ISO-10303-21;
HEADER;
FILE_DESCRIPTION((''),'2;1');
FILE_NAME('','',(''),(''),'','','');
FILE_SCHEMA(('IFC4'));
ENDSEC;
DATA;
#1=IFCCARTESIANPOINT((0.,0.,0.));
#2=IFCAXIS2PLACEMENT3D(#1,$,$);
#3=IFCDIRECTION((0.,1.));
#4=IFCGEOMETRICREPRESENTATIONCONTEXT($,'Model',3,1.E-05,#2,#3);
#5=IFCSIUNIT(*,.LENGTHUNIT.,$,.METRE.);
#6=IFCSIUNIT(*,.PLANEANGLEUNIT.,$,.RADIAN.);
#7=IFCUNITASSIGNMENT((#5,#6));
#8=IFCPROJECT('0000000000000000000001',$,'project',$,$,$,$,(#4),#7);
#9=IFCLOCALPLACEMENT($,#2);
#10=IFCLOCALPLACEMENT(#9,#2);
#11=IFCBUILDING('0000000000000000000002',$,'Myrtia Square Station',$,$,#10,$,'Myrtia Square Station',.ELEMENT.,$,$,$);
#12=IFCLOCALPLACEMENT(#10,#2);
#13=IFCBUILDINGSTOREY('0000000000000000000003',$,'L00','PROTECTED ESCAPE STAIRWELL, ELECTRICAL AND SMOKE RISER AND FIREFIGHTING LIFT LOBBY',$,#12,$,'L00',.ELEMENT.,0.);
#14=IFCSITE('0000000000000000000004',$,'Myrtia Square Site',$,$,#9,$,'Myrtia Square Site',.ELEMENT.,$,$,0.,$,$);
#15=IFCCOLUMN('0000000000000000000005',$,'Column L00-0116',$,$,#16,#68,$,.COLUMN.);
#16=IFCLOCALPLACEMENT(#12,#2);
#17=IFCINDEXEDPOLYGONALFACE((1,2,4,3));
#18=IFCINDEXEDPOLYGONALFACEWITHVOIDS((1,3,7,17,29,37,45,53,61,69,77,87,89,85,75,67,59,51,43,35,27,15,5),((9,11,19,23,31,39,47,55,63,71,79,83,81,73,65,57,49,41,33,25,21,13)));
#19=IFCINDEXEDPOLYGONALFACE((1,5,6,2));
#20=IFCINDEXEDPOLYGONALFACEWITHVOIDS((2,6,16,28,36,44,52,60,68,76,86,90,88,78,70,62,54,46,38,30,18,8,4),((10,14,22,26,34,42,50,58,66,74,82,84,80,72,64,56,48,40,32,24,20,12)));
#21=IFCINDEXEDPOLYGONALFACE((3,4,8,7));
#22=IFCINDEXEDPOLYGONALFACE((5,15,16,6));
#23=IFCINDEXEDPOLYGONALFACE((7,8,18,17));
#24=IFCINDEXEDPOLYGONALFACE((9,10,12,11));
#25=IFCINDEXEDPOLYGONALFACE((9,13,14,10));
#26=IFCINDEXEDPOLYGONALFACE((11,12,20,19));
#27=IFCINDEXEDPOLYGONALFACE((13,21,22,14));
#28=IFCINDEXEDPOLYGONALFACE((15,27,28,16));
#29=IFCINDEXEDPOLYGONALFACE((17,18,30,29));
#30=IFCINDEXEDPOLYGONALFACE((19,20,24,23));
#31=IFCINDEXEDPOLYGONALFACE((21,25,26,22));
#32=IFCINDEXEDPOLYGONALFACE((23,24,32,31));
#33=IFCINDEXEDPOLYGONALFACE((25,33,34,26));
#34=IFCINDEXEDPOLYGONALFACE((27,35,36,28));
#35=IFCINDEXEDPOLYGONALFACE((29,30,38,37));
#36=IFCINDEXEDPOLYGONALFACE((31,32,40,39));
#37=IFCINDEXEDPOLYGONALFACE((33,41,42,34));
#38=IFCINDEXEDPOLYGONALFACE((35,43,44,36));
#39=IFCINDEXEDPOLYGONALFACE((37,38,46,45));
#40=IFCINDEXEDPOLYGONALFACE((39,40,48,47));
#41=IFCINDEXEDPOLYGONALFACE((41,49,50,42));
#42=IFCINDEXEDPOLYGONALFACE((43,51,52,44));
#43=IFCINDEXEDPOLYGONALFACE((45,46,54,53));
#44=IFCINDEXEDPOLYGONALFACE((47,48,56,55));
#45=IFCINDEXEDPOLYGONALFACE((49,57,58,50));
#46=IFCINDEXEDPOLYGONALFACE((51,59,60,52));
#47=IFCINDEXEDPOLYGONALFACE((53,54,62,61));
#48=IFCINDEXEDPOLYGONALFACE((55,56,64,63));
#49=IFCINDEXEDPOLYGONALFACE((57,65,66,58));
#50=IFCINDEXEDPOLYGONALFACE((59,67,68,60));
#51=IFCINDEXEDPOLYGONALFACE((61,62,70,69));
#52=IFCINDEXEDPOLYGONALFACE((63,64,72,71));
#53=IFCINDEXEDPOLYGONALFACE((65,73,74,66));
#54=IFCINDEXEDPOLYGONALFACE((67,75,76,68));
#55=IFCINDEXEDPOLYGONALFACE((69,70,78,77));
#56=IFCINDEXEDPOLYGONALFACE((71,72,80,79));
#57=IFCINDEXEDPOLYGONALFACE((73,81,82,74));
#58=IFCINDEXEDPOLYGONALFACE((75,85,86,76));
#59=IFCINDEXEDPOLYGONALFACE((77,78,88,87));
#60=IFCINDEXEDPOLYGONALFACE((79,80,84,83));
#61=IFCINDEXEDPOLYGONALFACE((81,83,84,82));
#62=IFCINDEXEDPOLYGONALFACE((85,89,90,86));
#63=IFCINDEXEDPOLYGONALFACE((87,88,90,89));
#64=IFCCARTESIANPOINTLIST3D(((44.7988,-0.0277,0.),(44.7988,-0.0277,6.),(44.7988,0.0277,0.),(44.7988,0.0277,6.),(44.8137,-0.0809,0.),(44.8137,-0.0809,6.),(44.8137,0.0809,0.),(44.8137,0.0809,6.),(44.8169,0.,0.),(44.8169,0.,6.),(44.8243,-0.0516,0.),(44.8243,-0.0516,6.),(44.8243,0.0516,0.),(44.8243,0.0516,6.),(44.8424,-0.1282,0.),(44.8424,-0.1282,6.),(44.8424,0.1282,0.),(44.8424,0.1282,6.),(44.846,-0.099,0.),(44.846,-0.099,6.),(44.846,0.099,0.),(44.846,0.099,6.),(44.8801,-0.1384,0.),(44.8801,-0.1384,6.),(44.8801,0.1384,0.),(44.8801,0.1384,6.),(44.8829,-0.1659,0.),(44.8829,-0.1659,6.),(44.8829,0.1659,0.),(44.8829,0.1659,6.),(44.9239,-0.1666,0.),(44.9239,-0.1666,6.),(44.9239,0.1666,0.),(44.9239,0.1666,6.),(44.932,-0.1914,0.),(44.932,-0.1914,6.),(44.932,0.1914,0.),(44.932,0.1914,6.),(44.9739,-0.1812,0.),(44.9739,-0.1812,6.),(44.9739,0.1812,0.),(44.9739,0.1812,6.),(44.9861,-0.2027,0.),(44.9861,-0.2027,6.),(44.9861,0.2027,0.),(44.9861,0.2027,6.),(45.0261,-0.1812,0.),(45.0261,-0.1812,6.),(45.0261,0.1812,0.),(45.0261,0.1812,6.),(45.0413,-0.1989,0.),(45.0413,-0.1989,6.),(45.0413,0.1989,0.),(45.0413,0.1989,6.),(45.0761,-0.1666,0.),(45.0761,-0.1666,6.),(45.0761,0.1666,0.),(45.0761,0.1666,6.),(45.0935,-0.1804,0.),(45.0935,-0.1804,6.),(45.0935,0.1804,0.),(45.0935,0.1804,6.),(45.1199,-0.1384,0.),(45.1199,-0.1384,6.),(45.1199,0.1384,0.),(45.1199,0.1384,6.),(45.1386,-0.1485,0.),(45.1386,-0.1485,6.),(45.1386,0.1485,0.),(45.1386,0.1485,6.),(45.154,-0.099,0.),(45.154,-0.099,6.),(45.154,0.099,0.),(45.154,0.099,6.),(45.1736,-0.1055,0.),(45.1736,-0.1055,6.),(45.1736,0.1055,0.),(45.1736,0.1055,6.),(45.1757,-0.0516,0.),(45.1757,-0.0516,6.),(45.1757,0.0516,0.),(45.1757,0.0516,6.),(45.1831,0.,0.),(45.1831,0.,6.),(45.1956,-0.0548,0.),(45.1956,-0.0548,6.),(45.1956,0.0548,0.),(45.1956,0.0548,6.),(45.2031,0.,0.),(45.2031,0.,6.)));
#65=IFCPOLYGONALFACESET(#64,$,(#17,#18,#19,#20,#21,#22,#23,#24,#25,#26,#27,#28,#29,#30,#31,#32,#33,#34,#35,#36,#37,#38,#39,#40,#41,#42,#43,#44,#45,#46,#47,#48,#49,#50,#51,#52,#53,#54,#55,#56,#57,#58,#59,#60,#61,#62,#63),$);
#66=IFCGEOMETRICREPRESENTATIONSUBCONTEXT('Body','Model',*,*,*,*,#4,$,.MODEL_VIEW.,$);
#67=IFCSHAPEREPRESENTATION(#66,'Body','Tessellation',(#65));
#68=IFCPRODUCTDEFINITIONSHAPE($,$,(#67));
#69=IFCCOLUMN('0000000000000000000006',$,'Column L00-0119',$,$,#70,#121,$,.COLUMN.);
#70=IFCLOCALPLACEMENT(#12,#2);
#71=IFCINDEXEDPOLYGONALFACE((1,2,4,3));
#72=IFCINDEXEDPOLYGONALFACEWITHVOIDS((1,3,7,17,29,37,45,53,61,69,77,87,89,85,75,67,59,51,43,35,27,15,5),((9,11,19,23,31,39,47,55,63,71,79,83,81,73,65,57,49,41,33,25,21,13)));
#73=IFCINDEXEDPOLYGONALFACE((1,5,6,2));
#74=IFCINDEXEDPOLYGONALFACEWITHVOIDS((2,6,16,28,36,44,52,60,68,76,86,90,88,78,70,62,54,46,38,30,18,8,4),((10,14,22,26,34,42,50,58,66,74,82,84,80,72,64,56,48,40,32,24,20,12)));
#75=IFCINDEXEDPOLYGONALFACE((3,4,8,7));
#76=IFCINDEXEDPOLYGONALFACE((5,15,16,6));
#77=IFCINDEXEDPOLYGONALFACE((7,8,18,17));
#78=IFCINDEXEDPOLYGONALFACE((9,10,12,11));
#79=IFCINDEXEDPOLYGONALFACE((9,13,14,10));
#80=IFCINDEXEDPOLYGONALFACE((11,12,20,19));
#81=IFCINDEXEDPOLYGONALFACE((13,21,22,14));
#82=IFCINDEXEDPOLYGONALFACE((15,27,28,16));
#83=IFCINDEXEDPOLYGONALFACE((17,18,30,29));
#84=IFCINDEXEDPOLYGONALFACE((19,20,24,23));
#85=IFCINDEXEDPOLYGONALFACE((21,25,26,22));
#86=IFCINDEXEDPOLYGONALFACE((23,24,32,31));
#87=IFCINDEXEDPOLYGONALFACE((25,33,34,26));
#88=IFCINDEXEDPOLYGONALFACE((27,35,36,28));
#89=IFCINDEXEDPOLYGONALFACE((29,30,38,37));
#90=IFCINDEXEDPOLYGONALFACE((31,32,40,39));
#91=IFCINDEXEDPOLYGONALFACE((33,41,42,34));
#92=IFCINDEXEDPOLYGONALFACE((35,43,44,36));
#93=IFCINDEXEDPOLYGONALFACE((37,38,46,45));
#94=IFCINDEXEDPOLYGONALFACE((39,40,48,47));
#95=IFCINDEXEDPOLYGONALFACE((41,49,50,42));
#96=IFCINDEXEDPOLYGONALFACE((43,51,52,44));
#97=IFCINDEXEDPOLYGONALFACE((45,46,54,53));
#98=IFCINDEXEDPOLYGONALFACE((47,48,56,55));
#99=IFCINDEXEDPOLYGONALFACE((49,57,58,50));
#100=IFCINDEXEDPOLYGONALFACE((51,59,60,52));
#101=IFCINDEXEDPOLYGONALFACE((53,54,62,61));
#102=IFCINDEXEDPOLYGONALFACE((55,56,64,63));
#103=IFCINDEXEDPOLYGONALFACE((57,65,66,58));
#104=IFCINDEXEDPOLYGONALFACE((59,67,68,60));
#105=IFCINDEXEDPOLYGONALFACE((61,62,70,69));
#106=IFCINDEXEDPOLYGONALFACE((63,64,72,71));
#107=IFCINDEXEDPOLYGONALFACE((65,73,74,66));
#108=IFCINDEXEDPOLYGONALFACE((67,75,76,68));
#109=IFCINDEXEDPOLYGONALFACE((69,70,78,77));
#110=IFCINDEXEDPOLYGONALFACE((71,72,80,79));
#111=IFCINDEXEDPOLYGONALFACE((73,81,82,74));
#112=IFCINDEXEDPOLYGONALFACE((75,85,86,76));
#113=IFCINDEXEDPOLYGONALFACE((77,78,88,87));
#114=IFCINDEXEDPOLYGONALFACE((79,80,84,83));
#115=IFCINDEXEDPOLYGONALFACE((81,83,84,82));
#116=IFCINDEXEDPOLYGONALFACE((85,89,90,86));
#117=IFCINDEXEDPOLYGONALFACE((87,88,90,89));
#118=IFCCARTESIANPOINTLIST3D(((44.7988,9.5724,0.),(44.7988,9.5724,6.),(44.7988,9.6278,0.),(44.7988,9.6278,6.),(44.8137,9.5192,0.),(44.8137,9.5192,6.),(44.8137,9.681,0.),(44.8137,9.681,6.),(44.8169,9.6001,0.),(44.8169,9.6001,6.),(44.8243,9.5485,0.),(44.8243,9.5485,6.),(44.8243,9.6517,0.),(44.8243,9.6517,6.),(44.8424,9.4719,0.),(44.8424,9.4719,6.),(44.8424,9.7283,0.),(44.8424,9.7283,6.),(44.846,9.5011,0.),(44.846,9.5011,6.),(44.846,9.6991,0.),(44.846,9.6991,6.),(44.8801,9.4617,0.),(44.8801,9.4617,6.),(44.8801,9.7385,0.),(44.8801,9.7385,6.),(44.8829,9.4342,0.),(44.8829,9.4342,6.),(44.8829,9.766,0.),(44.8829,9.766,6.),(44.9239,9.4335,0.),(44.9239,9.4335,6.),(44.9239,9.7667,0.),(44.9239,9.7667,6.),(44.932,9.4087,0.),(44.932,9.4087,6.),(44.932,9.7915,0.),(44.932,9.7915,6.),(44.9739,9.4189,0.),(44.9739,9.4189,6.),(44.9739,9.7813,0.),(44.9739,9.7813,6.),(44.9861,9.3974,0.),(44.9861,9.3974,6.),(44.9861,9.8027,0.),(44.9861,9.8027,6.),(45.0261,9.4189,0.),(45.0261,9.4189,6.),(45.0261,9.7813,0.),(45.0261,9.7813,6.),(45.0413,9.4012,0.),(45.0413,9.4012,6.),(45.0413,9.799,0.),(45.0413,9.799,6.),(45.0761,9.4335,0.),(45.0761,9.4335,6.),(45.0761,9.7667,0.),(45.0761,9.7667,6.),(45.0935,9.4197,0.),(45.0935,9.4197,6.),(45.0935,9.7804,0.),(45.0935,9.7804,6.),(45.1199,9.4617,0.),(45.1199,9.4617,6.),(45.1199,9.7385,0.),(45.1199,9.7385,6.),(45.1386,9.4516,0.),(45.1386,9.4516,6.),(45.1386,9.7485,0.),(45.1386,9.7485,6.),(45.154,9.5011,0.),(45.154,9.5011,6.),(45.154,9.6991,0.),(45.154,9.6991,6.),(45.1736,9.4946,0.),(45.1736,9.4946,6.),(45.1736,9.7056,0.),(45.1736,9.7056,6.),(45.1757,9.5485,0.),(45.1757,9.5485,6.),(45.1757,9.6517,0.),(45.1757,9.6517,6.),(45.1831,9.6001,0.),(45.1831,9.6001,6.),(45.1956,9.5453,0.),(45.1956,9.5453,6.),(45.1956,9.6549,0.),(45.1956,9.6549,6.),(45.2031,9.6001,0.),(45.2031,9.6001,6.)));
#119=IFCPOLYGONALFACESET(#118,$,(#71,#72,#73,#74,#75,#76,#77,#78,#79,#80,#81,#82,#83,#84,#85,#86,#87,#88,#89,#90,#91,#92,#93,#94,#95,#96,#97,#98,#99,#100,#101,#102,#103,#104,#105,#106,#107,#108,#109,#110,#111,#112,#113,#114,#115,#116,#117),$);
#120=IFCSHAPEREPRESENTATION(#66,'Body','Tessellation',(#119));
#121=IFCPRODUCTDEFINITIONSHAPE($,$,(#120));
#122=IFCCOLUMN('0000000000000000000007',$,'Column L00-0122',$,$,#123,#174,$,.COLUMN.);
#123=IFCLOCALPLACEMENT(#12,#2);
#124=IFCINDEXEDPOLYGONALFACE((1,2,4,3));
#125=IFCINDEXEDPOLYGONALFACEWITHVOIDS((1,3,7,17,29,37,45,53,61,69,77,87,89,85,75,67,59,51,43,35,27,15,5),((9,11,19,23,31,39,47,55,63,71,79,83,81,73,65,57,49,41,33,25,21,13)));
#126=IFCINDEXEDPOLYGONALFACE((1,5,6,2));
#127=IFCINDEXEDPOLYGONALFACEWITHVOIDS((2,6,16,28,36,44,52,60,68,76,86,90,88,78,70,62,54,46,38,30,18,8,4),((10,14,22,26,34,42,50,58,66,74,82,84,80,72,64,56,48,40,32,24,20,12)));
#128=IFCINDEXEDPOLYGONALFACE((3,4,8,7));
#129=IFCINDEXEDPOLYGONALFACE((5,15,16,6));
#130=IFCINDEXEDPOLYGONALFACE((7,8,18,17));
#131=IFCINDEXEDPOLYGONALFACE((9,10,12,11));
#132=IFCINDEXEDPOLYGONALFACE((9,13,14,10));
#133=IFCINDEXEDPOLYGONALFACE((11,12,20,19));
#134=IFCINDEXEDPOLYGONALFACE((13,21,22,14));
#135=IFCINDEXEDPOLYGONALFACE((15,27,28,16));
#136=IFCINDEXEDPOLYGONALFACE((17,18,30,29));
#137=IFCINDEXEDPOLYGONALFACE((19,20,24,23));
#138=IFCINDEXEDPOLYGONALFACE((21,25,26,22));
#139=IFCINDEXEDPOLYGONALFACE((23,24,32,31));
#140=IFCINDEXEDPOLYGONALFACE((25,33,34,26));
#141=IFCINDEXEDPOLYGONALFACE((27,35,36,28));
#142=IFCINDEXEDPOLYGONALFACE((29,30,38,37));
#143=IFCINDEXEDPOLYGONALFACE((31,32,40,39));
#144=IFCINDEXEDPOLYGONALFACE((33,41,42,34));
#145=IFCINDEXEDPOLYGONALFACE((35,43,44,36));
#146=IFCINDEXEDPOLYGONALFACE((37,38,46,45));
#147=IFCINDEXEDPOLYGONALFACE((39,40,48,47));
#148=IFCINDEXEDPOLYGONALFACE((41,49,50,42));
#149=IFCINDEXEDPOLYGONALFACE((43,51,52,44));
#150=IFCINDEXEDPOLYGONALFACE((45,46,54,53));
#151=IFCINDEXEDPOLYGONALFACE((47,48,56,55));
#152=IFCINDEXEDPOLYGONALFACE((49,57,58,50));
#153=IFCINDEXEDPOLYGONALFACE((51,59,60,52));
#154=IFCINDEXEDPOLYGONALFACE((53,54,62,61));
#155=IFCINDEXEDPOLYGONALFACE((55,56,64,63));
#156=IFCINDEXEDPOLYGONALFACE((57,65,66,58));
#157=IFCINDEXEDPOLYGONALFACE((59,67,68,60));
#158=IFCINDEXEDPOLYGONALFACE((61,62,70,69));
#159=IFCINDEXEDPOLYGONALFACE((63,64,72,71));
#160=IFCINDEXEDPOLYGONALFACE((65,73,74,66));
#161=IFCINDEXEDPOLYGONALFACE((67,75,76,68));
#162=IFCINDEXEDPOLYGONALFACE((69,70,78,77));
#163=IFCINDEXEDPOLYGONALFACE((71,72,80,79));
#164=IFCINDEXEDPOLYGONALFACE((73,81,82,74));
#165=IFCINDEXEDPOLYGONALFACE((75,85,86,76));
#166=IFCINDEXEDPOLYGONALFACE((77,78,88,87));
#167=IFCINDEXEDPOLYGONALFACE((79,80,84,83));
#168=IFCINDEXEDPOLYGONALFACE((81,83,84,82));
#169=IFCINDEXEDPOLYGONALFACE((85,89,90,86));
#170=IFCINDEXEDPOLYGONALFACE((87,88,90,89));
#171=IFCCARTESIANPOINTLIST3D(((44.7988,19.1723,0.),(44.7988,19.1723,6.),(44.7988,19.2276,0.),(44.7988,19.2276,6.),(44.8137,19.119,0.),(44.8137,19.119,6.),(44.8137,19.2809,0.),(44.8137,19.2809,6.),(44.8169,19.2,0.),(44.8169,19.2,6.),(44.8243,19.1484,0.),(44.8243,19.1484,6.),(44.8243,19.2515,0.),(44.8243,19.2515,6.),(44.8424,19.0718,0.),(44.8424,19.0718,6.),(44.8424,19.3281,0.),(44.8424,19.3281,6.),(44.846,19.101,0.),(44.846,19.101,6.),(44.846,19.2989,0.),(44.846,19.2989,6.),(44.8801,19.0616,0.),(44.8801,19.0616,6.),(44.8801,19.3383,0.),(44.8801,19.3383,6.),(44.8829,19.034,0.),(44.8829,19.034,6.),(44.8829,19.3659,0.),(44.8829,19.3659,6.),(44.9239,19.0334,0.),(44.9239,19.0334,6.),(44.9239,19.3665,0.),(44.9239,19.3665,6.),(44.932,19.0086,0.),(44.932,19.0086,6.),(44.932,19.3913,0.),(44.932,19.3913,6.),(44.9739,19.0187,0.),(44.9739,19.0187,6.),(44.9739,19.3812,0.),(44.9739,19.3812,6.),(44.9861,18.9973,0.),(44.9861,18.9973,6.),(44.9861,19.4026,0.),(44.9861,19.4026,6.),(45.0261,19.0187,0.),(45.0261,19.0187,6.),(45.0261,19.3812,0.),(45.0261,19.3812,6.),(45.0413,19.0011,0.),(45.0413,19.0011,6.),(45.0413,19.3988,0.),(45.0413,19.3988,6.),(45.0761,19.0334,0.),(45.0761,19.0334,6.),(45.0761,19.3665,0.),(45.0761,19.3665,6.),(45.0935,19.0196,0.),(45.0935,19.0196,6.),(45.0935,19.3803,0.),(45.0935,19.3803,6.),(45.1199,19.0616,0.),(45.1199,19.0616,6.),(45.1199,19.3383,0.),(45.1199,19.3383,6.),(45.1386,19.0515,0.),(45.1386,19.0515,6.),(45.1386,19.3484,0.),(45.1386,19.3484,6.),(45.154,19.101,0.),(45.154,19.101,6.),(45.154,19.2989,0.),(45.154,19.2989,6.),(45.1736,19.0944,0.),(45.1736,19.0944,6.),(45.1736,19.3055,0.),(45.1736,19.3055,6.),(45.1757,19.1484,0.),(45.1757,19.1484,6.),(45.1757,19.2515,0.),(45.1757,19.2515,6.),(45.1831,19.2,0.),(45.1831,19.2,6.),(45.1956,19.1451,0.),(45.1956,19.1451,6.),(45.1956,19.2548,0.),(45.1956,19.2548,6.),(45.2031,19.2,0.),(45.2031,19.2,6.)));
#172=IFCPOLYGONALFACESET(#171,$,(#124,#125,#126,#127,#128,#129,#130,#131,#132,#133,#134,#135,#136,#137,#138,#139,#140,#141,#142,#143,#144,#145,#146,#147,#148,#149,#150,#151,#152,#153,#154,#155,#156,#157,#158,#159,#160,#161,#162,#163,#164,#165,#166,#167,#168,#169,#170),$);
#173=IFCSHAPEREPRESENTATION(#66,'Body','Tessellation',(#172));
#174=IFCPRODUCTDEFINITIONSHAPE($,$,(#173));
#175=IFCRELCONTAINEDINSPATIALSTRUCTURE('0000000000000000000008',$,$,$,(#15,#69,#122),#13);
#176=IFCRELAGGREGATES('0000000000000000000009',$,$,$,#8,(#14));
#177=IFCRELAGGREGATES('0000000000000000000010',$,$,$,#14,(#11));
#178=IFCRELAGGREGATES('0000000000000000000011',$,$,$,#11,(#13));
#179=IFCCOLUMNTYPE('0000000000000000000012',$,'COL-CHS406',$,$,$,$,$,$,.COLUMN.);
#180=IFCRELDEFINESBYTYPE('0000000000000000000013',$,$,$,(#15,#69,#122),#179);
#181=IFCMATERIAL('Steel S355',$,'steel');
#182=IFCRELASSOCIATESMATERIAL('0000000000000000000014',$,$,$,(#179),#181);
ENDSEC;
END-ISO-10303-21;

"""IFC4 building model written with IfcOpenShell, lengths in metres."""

from ifc_helpers import new_model, si_unit, direction, frame, origin, origin_2d, place, context, subcontext, project, spatial, hollow_circle, extrude, material, material_profile, profile_set, type_object, element, save


model = new_model("IFC4")

# Units and contexts
model_context = context("Model", 3, precision=1e-05, world=origin(), true_north=direction((0.0, 1.0)))
body_context = subcontext(model_context, "Body", "Model", "MODEL_VIEW")
ifc_project = project(units=[si_unit("LENGTHUNIT", "METRE"), si_unit("PLANEANGLEUNIT", "RADIAN")], contexts=[model_context])

# Site, building, storey
site_placement = place(None, origin())
site = spatial("IfcSite", under=ifc_project, at=site_placement, Name="Myrtia Square Site", LongName="Myrtia Square Site", CompositionType="ELEMENT", RefElevation=0.0)
building_placement = place(site_placement, origin())
building = spatial("IfcBuilding", under=site, at=building_placement, Name="Myrtia Square Station", LongName="Myrtia Square Station", CompositionType="ELEMENT")
storey_placement = place(building_placement, origin())
storey = spatial("IfcBuildingStorey", under=building, at=storey_placement, Name="L00", Description="PROTECTED ESCAPE STAIRWELL, ELECTRICAL AND SMOKE RISER AND FIREFIGHTING LIFT LOBBY", LongName="L00", CompositionType="ELEMENT", Elevation=0.0)

# Columns
ifc_material_1 = material(Name="Steel S355", Category="steel")
ifc_material_profile_1 = material_profile(ifc_material_1, hollow_circle(Radius=0.2031, WallThickness=0.02, at=origin_2d()), Name="CHS 406.4x20")
ifc_profile_set_1 = profile_set([ifc_material_profile_1], Name="Steel S355")
column_type = type_object("IfcColumnType", Name="COL-CHS406", PredefinedType="COLUMN", material=ifc_profile_set_1)
for number, where, z_axis, x_axis, name in (
    (1, (45.0, 0.0, 0.0), (0.0, 0.0, 1.0), (1.0, 0.0, 0.0), "Column L00-0116"),
    (2, (45.0, 9.6001, 0.0), (0.0, 0.0, 1.0), (1.0, 0.0, 0.0), "Column L00-0119"),
    (3, (45.0, 19.2, 0.0), (0.0, 0.0, 1.0), (1.0, 0.0, 0.0), "Column L00-0122"),
):
    element("IfcColumn", number, at=place(storey_placement, frame(where, z_axis=z_axis, x_axis=x_axis)), inside=storey, type_object=column_type, Name=name, PredefinedType="COLUMN", context=body_context, shape_type="SweptSolid", body=[
        extrude(hollow_circle(Radius=0.2031, WallThickness=0.02, at=origin_2d()), origin(), (0.0, 0.0, 1.0), 6.0),
    ])

save(model, "model.ifc")
